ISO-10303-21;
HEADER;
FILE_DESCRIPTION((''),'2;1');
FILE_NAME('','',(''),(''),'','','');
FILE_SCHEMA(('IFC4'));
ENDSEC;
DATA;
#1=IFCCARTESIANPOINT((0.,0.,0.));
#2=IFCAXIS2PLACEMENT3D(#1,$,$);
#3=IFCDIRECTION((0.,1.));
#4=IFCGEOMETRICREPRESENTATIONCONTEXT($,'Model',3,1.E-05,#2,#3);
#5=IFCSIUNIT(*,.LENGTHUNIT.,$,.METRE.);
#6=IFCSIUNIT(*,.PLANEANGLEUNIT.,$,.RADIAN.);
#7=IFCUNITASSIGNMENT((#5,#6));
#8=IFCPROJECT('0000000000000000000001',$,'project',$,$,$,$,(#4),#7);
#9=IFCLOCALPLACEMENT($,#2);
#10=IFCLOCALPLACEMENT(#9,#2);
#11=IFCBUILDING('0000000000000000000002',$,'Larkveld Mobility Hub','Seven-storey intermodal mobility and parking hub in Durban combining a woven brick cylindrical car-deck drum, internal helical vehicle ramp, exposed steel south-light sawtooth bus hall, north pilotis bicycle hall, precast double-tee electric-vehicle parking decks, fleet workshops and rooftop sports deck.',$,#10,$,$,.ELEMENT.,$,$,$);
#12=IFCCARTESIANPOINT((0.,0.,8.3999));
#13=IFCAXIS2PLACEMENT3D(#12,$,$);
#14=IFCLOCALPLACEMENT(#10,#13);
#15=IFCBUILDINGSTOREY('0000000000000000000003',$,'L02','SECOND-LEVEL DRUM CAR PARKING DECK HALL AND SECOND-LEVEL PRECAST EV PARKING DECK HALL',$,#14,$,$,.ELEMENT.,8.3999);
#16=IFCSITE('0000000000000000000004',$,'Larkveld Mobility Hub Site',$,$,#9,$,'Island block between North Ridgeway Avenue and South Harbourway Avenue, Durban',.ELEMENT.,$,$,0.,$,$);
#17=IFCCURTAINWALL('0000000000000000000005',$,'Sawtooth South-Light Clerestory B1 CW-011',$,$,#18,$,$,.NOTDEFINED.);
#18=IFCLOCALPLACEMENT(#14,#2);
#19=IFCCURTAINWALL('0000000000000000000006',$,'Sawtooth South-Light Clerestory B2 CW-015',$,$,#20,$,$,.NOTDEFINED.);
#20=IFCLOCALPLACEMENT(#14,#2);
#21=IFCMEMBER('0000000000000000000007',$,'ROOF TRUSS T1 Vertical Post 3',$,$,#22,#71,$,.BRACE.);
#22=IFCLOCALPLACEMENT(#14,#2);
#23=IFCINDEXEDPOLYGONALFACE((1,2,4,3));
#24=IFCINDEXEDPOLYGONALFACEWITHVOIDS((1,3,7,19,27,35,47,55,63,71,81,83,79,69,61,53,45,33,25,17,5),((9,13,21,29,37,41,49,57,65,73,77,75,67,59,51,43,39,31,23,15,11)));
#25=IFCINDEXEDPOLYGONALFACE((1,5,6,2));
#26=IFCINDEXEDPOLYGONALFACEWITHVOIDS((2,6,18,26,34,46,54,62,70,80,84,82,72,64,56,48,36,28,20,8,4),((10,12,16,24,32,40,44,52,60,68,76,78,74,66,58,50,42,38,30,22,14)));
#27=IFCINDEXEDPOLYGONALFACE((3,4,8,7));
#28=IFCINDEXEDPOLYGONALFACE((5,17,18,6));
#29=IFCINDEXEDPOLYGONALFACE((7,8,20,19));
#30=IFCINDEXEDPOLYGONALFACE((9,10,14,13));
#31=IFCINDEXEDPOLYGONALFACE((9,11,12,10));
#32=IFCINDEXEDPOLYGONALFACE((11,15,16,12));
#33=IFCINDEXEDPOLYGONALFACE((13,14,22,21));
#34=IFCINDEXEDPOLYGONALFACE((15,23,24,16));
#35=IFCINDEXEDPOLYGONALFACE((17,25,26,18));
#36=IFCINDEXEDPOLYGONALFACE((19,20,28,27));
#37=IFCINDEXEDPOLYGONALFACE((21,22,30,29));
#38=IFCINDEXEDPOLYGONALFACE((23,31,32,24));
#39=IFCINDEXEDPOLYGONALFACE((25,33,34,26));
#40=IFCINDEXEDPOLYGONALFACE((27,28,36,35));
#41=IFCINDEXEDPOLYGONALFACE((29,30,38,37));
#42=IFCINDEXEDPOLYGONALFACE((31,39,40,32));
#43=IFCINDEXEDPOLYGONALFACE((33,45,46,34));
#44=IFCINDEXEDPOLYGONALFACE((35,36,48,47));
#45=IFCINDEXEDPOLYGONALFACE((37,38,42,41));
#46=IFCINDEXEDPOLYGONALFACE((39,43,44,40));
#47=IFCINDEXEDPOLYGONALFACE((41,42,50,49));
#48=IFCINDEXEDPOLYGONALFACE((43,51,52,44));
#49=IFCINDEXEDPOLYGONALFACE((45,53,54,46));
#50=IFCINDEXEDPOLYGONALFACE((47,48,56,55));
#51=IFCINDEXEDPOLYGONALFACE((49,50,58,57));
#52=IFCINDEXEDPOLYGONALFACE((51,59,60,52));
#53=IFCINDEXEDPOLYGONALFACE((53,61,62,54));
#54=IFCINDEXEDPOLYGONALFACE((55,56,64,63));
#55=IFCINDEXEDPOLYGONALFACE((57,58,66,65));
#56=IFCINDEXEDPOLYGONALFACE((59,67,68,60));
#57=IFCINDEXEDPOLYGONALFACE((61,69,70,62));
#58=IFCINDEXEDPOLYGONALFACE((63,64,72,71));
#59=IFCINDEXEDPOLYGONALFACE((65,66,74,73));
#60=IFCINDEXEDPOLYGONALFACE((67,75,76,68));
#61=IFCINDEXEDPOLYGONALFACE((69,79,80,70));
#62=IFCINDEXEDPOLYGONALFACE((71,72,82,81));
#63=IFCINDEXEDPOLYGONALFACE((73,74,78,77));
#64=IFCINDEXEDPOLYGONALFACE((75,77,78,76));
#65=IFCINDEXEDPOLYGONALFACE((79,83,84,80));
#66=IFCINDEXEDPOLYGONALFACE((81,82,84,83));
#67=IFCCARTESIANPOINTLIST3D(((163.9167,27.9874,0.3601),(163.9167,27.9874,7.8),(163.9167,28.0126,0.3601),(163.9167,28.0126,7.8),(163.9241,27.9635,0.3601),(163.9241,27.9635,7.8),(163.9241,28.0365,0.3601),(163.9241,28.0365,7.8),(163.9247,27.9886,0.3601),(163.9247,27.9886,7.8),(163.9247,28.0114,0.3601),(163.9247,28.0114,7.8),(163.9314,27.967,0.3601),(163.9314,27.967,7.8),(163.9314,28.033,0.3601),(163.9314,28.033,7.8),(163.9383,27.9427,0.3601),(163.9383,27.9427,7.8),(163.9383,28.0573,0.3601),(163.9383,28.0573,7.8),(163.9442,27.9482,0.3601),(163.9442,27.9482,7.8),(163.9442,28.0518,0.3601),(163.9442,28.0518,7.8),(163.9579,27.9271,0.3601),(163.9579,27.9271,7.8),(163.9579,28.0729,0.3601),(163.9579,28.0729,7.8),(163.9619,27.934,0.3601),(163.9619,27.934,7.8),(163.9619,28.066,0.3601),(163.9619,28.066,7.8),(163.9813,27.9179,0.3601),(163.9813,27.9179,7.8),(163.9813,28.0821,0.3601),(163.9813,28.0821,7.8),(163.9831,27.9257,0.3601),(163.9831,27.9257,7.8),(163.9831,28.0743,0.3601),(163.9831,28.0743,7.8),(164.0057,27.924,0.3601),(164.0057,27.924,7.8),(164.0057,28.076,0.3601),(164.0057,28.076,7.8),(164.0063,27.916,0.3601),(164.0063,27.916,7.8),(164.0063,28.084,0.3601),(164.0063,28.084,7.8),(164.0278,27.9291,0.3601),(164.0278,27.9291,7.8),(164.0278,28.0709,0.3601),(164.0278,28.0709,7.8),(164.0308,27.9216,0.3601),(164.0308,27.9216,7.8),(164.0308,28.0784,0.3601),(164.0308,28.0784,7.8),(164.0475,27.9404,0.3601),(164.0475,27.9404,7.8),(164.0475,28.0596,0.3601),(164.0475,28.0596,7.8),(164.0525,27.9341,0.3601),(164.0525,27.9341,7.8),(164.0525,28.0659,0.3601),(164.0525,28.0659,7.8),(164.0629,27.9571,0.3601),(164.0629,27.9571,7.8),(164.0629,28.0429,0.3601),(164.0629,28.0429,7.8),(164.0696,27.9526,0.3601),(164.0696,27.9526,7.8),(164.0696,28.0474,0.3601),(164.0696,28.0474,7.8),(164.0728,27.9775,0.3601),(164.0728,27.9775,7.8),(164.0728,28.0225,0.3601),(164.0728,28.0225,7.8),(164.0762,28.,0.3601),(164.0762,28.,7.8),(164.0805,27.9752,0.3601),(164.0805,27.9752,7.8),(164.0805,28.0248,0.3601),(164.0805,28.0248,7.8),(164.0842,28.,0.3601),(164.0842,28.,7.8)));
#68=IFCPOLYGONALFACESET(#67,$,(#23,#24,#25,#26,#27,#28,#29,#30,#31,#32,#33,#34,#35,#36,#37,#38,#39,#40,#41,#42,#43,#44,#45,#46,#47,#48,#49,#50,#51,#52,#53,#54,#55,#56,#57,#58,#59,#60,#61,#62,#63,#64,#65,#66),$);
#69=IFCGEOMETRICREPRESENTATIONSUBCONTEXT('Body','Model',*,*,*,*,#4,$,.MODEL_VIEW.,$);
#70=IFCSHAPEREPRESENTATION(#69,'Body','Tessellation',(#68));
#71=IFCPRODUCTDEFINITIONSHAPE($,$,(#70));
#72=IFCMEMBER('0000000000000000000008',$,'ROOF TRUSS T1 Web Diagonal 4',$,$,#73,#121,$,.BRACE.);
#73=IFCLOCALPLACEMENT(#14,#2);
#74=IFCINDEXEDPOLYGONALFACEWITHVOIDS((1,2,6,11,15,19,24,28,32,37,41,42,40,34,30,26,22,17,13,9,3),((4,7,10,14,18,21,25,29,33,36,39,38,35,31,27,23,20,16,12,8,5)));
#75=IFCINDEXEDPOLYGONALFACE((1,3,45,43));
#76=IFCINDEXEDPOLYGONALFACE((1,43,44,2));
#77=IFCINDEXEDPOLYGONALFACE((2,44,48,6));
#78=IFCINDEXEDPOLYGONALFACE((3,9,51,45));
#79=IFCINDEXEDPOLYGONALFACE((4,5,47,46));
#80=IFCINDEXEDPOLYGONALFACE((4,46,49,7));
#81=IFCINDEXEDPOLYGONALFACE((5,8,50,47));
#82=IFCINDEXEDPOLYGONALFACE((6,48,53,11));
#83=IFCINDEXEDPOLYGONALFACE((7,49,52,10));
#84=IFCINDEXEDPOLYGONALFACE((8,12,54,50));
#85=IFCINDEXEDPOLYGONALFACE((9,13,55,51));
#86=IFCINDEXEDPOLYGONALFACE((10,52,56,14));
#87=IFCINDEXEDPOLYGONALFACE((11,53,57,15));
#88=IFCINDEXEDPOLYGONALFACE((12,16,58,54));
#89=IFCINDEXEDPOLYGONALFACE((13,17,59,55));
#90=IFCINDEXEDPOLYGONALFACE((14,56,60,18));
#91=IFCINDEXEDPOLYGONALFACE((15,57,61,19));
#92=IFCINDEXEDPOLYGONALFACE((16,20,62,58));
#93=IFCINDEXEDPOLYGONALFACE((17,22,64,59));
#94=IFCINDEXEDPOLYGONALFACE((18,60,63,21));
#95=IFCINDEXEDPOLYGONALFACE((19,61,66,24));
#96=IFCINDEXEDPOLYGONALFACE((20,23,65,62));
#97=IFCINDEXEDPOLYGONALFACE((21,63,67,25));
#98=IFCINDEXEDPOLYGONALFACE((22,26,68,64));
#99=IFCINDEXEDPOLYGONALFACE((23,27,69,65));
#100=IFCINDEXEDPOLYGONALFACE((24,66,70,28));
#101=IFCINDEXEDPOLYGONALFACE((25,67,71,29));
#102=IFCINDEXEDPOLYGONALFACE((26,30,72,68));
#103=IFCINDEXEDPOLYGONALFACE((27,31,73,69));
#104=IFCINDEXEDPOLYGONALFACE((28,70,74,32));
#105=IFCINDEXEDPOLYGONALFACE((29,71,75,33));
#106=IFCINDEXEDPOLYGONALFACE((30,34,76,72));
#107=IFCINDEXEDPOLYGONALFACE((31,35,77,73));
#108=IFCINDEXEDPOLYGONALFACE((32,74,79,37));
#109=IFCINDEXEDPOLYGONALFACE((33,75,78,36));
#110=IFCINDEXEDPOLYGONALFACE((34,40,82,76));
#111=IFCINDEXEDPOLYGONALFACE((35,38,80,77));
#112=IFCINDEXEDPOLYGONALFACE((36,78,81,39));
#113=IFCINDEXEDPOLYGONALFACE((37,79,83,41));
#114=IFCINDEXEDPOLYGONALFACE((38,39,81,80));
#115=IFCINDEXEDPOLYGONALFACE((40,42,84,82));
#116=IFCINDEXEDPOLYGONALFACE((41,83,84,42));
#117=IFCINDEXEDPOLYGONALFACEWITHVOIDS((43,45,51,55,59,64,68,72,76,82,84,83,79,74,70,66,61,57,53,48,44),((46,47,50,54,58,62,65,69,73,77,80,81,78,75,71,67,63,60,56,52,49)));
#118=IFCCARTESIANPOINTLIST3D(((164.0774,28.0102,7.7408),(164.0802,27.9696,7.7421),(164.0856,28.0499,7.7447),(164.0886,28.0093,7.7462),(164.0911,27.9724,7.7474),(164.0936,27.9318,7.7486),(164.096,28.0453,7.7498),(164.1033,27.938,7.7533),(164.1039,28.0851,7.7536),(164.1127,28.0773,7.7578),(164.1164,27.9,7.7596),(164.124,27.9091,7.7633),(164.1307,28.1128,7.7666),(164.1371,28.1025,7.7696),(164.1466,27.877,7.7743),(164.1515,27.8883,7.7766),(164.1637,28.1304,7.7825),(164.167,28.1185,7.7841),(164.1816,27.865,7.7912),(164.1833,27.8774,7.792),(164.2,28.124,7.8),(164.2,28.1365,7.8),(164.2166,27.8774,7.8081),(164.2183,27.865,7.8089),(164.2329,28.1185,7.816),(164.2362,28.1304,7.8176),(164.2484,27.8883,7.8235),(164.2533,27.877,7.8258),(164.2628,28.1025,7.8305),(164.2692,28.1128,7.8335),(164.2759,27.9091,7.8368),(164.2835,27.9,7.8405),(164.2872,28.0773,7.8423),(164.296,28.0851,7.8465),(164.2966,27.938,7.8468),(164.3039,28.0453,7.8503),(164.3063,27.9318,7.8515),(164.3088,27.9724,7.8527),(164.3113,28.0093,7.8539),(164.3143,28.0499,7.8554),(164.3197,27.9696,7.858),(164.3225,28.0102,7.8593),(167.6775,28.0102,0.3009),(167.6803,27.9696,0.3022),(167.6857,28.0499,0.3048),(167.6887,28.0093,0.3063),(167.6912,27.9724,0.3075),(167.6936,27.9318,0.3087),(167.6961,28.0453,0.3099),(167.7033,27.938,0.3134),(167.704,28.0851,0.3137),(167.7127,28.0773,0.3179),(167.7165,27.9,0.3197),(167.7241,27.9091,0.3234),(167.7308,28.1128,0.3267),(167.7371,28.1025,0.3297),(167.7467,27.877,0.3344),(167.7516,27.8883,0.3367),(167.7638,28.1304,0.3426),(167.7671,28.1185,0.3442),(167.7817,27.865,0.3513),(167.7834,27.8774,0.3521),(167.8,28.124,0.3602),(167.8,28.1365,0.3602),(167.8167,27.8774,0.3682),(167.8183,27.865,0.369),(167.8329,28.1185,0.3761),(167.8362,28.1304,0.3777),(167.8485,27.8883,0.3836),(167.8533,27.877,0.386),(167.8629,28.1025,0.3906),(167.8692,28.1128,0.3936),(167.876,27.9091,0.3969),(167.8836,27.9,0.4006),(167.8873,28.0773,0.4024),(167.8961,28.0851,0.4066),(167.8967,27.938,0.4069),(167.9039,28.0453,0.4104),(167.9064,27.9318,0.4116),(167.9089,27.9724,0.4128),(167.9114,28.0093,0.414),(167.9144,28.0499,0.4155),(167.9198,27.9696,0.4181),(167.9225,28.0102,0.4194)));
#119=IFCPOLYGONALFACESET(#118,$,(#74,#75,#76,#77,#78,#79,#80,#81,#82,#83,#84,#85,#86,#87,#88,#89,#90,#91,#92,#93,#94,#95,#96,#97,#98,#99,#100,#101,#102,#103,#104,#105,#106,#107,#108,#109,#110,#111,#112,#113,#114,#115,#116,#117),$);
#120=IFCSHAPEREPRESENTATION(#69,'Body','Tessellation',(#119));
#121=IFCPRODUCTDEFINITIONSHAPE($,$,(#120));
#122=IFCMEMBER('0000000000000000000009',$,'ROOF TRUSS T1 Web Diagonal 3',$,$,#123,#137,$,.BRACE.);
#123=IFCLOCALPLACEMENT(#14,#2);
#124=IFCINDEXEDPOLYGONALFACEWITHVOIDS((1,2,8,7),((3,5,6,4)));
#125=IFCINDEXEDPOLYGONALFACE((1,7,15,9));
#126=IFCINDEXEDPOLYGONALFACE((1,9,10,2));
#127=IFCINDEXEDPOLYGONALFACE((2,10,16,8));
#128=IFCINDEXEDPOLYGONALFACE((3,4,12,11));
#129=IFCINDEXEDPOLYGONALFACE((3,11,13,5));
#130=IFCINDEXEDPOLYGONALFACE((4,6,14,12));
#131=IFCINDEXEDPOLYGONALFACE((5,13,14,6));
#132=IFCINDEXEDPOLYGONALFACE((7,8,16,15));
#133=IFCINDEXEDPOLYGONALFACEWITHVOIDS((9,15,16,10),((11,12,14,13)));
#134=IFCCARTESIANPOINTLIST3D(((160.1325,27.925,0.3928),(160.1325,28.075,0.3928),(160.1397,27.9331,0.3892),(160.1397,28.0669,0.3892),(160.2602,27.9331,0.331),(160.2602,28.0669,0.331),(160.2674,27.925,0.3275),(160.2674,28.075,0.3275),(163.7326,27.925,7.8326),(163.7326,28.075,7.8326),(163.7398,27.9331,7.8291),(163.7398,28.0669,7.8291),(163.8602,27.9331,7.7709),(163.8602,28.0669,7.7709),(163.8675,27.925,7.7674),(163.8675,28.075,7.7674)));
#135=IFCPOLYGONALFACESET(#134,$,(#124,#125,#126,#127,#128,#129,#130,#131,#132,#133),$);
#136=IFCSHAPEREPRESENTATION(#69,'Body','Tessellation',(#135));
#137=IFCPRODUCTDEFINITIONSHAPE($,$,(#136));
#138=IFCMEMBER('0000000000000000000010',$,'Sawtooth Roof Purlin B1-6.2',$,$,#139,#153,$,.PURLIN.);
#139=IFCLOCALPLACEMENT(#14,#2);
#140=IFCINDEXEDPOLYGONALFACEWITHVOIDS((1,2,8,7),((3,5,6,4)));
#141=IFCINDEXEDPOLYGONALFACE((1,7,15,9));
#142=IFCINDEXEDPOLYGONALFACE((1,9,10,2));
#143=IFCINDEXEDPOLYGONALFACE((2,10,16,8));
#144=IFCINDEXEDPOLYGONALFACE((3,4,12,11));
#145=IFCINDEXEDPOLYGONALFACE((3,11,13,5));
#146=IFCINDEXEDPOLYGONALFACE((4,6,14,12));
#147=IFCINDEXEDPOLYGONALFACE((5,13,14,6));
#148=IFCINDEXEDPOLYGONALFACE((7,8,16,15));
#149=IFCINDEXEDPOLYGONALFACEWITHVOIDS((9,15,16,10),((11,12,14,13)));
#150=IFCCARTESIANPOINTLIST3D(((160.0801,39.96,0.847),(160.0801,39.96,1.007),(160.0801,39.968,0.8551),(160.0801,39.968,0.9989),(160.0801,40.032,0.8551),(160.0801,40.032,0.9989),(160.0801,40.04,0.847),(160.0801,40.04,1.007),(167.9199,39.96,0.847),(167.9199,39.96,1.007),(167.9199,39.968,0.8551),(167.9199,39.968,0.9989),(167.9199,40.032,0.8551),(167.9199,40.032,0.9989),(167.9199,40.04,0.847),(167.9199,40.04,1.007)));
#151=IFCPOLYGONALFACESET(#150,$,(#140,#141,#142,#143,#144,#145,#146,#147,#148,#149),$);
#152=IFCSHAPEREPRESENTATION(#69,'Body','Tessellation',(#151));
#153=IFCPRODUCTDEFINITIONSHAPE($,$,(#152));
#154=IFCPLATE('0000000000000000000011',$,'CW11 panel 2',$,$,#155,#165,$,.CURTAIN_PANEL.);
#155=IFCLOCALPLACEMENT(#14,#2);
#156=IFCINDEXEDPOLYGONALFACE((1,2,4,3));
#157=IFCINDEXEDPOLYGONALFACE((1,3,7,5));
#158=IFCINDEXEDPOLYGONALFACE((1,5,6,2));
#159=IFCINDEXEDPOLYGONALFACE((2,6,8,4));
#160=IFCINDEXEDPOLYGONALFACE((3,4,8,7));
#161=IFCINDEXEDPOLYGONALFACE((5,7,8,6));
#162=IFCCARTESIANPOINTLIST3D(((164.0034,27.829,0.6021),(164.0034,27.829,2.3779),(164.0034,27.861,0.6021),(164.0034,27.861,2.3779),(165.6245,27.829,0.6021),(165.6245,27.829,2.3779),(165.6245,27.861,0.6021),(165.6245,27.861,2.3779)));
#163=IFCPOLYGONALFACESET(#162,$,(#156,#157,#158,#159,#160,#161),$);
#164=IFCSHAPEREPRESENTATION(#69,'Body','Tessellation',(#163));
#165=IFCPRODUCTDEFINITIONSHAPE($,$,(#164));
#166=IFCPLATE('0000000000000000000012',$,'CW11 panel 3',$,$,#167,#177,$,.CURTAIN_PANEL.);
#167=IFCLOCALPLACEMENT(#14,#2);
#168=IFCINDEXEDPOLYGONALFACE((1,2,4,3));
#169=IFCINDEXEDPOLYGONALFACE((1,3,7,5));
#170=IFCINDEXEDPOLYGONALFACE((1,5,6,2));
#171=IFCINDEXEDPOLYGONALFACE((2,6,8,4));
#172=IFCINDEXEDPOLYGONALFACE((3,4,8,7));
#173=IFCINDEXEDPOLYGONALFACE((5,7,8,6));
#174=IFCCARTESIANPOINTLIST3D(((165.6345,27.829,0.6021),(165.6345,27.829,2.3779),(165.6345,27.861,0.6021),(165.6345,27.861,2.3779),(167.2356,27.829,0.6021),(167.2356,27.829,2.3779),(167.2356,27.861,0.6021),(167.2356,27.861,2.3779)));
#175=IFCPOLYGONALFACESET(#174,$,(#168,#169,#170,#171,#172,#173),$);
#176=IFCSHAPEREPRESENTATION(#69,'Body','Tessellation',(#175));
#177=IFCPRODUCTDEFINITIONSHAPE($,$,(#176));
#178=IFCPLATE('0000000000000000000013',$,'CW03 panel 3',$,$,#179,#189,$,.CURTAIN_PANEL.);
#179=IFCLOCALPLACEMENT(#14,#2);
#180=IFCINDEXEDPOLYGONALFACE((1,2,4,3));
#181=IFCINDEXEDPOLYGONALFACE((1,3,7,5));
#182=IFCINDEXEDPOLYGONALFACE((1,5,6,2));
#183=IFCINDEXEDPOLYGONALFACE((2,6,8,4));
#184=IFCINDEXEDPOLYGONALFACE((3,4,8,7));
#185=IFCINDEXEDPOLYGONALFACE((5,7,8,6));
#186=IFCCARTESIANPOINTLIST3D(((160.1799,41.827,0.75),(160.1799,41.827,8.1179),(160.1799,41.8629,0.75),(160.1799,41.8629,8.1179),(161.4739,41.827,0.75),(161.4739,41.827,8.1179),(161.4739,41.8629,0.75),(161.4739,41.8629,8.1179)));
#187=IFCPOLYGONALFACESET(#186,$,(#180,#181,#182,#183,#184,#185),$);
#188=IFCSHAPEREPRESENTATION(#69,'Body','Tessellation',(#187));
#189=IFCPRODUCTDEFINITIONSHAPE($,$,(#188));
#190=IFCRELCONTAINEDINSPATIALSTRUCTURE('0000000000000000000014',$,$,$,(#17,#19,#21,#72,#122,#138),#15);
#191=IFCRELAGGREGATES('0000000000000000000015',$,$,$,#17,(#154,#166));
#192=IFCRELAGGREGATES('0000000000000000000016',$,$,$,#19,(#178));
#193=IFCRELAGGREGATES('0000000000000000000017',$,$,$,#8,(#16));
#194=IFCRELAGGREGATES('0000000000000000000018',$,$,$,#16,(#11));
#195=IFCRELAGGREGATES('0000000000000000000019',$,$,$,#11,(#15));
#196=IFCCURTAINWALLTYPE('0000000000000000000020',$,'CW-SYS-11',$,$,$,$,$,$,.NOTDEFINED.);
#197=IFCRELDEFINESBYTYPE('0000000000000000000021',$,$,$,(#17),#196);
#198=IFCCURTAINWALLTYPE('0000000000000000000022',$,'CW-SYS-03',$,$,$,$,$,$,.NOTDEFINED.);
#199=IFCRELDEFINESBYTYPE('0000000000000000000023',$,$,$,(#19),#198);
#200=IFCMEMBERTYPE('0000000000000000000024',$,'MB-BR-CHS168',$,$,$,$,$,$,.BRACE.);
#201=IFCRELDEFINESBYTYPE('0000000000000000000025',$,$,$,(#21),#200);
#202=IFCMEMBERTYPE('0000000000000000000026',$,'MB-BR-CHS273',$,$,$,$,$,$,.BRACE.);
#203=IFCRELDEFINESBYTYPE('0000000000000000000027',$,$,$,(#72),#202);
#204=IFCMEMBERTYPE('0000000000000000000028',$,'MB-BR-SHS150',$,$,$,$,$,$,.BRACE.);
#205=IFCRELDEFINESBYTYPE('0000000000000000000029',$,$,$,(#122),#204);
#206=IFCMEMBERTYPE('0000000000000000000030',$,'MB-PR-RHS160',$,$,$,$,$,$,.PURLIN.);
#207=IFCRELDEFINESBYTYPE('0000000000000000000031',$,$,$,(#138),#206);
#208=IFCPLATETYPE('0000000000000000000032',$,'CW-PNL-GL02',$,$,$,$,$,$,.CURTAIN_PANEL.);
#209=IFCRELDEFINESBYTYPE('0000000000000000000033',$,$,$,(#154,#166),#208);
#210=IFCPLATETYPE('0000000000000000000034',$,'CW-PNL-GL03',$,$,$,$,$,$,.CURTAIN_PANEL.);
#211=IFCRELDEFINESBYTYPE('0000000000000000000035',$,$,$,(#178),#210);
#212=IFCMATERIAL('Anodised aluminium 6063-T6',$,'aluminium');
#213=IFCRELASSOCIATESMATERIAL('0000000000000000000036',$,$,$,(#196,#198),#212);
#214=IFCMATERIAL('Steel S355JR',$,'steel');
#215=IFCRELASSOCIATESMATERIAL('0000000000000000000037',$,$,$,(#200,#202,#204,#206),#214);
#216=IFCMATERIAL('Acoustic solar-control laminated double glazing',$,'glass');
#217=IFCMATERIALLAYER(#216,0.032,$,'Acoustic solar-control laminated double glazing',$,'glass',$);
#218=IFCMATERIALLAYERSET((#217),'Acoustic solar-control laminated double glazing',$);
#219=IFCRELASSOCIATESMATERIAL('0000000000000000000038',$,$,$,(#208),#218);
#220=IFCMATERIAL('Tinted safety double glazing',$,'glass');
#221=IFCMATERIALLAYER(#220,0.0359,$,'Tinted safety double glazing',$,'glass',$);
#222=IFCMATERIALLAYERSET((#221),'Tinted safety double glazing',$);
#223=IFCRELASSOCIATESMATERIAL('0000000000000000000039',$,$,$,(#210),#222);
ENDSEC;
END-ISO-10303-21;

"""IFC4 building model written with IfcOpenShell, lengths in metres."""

from ifc_helpers import new_model, si_unit, direction, frame, origin, origin_2d, place, context, subcontext, project, spatial, rectangle, hollow_rectangle, hollow_circle, extrude, material, layer, layer_set, material_profile, profile_set, type_object, element, aggregate, save


model = new_model("IFC4")

# Units and contexts
model_context = context("Model", 3, precision=1e-05, world=origin(), true_north=direction((0.0, 1.0)))
body_context = subcontext(model_context, "Body", "Model", "MODEL_VIEW")
ifc_project = project(units=[si_unit("LENGTHUNIT", "METRE"), si_unit("PLANEANGLEUNIT", "RADIAN")], contexts=[model_context])

# Site, building, storey
site_placement = place(None, origin())
site = spatial("IfcSite", under=ifc_project, at=site_placement, Name="Larkveld Mobility Hub Site", LongName="Island block between North Ridgeway Avenue and South Harbourway Avenue, Durban", CompositionType="ELEMENT", RefElevation=0.0)
building_placement = place(site_placement, origin())
building = spatial("IfcBuilding", under=site, at=building_placement, Name="Larkveld Mobility Hub", Description="Seven-storey intermodal mobility and parking hub in Durban combining a woven brick cylindrical car-deck drum, internal helical vehicle ramp, exposed steel south-light sawtooth bus hall, north pilotis bicycle hall, precast double-tee electric-vehicle parking decks, fleet workshops and rooftop sports deck.", CompositionType="ELEMENT")
storey_placement = place(building_placement, frame((0.0, 0.0, 8.3999)))
storey = spatial("IfcBuildingStorey", under=building, at=storey_placement, Name="L02", Description="SECOND-LEVEL DRUM CAR PARKING DECK HALL AND SECOND-LEVEL PRECAST EV PARKING DECK HALL", CompositionType="ELEMENT", Elevation=8.3999)

# Curtain walls
ifc_material_1 = material(Name="Anodised aluminium 6063-T6", Category="aluminium")
curtain_wall_type_1 = type_object("IfcCurtainWallType", Name="CW-SYS-11", PredefinedType="NOTDEFINED", material=ifc_material_1)
curtain_wall_1_placement = place(storey_placement, origin())
curtain_wall_1 = element("IfcCurtainWall", 1, at=curtain_wall_1_placement, inside=storey, type_object=curtain_wall_type_1, Name="Sawtooth South-Light Clerestory B1 CW-011", PredefinedType="NOTDEFINED")
curtain_wall_type_2 = type_object("IfcCurtainWallType", Name="CW-SYS-03", PredefinedType="NOTDEFINED", material=ifc_material_1)
curtain_wall_2_placement = place(storey_placement, origin())
curtain_wall_2 = element("IfcCurtainWall", 2, at=curtain_wall_2_placement, inside=storey, type_object=curtain_wall_type_2, Name="Sawtooth South-Light Clerestory B2 CW-015", PredefinedType="NOTDEFINED")

# Members
ifc_material_2 = material(Name="Steel S355JR", Category="steel")
ifc_material_profile_1 = material_profile(ifc_material_2, hollow_circle(Radius=0.0842, WallThickness=0.0081, at=origin_2d()), Name="CHS 168.3x8")
ifc_profile_set_1 = profile_set([ifc_material_profile_1], Name="Steel S355JR")
member_type_1 = type_object("IfcMemberType", Name="MB-BR-CHS168", PredefinedType="BRACE", material=ifc_profile_set_1)
member_1_placement = place(storey_placement, frame((164.0, 28.0, 0.3601), z_axis=(0.0, 0.0, 1.0), x_axis=(1.0, 0.0, 0.0)))
element("IfcMember", 3, at=member_1_placement, inside=storey, type_object=member_type_1, Name="ROOF TRUSS T1 Vertical Post 3", PredefinedType="BRACE", context=body_context, shape_type="SweptSolid", body=[
    extrude(hollow_circle(Radius=0.0842, WallThickness=0.0081, at=origin_2d()), origin(), (0.0, 0.0, 1.0), 7.4399),
])
ifc_material_profile_2 = material_profile(ifc_material_2, hollow_circle(Radius=0.1365, WallThickness=0.0125, at=origin_2d()), Name="CHS 273x12.5")
ifc_profile_set_2 = profile_set([ifc_material_profile_2], Name="Steel S355JR")
member_type_2 = type_object("IfcMemberType", Name="MB-BR-CHS273", PredefinedType="BRACE", material=ifc_profile_set_2)
member_2_placement = place(storey_placement, frame((164.2, 28.0, 7.8), z_axis=(0.435573, 0.0, -0.900153), x_axis=(0.0, 1.0, 0.0)))
element("IfcMember", 4, at=member_2_placement, inside=storey, type_object=member_type_2, Name="ROOF TRUSS T1 Web Diagonal 4", PredefinedType="BRACE", context=body_context, shape_type="SweptSolid", body=[
    extrude(hollow_circle(Radius=0.1365, WallThickness=0.0125, at=origin_2d()), origin(), (0.0, 0.0, 1.0), 8.2651),
])
ifc_material_profile_3 = material_profile(ifc_material_2, hollow_rectangle(XDim=0.1499, YDim=0.1499, WallThickness=0.0081, at=origin_2d()), Name="SHS 150x150x8")
ifc_profile_set_3 = profile_set([ifc_material_profile_3], Name="Steel S355JR")
member_type_3 = type_object("IfcMemberType", Name="MB-BR-SHS150", PredefinedType="BRACE", material=ifc_profile_set_3)
member_3_placement = place(storey_placement, frame((160.2, 28.0, 0.3601), z_axis=(0.435573, 0.0, 0.900153), x_axis=(0.0, 1.0, 0.0)))
element("IfcMember", 5, at=member_3_placement, inside=storey, type_object=member_type_3, Name="ROOF TRUSS T1 Web Diagonal 3", PredefinedType="BRACE", context=body_context, shape_type="SweptSolid", body=[
    extrude(hollow_rectangle(XDim=0.1499, YDim=0.1499, WallThickness=0.0081, at=origin_2d()), origin(), (0.0, 0.0, 1.0), 8.2651),
])
ifc_material_profile_4 = material_profile(ifc_material_2, hollow_rectangle(XDim=0.0801, YDim=0.1599, WallThickness=0.0081, at=origin_2d()), Name="RHS 160x80x8")
ifc_profile_set_4 = profile_set([ifc_material_profile_4], Name="Steel S355JR")
member_type_4 = type_object("IfcMemberType", Name="MB-PR-RHS160", PredefinedType="PURLIN", material=ifc_profile_set_4)
member_4_placement = place(storey_placement, frame((160.0801, 40.0, 0.927), z_axis=(1.0, 0.0, 0.0), x_axis=(0.0, 1.0, 0.0)))
element("IfcMember", 6, at=member_4_placement, inside=storey, type_object=member_type_4, Name="Sawtooth Roof Purlin B1-6.2", PredefinedType="PURLIN", context=body_context, shape_type="SweptSolid", body=[
    extrude(hollow_rectangle(XDim=0.0801, YDim=0.1599, WallThickness=0.0081, at=origin_2d()), origin(), (0.0, 0.0, 1.0), 7.8398),
])

# Plates
ifc_material_3 = material(Name="Acoustic solar-control laminated double glazing", Category="glass")
ifc_layer_1 = layer(ifc_material_3, 0.032, Name="Acoustic solar-control laminated double glazing", Category="glass")
ifc_layer_set_1 = layer_set([ifc_layer_1], Name="Acoustic solar-control laminated double glazing")
plate_type_1 = type_object("IfcPlateType", Name="CW-PNL-GL02", PredefinedType="CURTAIN_PANEL", material=ifc_layer_set_1)
plate_1_placement = place(storey_placement, frame((164.814, 27.845, 0.6021), z_axis=(0.0, 0.0, 1.0), x_axis=(1.0, 0.0, 0.0)))
plate_1 = element("IfcPlate", 7, at=plate_1_placement, type_object=plate_type_1, Name="CW11 panel 2", PredefinedType="CURTAIN_PANEL", context=body_context, shape_type="SweptSolid", body=[
    extrude(rectangle(XDim=1.6211, YDim=0.032, at=origin_2d()), origin(), (0.0, 0.0, 1.0), 1.7759),
])
plate_2_placement = place(storey_placement, frame((166.4351, 27.845, 0.6021), z_axis=(0.0, 0.0, 1.0), x_axis=(1.0, 0.0, 0.0)))
plate_2 = element("IfcPlate", 8, at=plate_2_placement, type_object=plate_type_1, Name="CW11 panel 3", PredefinedType="CURTAIN_PANEL", context=body_context, shape_type="SweptSolid", body=[
    extrude(rectangle(XDim=1.6011, YDim=0.032, at=origin_2d()), origin(), (0.0, 0.0, 1.0), 1.7759),
])
ifc_material_4 = material(Name="Tinted safety double glazing", Category="glass")
ifc_layer_2 = layer(ifc_material_4, 0.0359, Name="Tinted safety double glazing", Category="glass")
ifc_layer_set_2 = layer_set([ifc_layer_2], Name="Tinted safety double glazing")
plate_type_2 = type_object("IfcPlateType", Name="CW-PNL-GL03", PredefinedType="CURTAIN_PANEL", material=ifc_layer_set_2)
plate_3_placement = place(storey_placement, frame((160.8269, 41.845, 0.75), z_axis=(0.0, 0.0, 1.0), x_axis=(1.0, 0.0, 0.0)))
plate_3 = element("IfcPlate", 9, at=plate_3_placement, type_object=plate_type_2, Name="CW03 panel 3", PredefinedType="CURTAIN_PANEL", context=body_context, shape_type="SweptSolid", body=[
    extrude(rectangle(XDim=1.2939, YDim=0.0359, at=origin_2d()), origin(), (0.0, 0.0, 1.0), 7.3679),
])
aggregate(curtain_wall_1, [plate_1, plate_2])
aggregate(curtain_wall_2, [plate_3])

save(model, "model.ifc")
